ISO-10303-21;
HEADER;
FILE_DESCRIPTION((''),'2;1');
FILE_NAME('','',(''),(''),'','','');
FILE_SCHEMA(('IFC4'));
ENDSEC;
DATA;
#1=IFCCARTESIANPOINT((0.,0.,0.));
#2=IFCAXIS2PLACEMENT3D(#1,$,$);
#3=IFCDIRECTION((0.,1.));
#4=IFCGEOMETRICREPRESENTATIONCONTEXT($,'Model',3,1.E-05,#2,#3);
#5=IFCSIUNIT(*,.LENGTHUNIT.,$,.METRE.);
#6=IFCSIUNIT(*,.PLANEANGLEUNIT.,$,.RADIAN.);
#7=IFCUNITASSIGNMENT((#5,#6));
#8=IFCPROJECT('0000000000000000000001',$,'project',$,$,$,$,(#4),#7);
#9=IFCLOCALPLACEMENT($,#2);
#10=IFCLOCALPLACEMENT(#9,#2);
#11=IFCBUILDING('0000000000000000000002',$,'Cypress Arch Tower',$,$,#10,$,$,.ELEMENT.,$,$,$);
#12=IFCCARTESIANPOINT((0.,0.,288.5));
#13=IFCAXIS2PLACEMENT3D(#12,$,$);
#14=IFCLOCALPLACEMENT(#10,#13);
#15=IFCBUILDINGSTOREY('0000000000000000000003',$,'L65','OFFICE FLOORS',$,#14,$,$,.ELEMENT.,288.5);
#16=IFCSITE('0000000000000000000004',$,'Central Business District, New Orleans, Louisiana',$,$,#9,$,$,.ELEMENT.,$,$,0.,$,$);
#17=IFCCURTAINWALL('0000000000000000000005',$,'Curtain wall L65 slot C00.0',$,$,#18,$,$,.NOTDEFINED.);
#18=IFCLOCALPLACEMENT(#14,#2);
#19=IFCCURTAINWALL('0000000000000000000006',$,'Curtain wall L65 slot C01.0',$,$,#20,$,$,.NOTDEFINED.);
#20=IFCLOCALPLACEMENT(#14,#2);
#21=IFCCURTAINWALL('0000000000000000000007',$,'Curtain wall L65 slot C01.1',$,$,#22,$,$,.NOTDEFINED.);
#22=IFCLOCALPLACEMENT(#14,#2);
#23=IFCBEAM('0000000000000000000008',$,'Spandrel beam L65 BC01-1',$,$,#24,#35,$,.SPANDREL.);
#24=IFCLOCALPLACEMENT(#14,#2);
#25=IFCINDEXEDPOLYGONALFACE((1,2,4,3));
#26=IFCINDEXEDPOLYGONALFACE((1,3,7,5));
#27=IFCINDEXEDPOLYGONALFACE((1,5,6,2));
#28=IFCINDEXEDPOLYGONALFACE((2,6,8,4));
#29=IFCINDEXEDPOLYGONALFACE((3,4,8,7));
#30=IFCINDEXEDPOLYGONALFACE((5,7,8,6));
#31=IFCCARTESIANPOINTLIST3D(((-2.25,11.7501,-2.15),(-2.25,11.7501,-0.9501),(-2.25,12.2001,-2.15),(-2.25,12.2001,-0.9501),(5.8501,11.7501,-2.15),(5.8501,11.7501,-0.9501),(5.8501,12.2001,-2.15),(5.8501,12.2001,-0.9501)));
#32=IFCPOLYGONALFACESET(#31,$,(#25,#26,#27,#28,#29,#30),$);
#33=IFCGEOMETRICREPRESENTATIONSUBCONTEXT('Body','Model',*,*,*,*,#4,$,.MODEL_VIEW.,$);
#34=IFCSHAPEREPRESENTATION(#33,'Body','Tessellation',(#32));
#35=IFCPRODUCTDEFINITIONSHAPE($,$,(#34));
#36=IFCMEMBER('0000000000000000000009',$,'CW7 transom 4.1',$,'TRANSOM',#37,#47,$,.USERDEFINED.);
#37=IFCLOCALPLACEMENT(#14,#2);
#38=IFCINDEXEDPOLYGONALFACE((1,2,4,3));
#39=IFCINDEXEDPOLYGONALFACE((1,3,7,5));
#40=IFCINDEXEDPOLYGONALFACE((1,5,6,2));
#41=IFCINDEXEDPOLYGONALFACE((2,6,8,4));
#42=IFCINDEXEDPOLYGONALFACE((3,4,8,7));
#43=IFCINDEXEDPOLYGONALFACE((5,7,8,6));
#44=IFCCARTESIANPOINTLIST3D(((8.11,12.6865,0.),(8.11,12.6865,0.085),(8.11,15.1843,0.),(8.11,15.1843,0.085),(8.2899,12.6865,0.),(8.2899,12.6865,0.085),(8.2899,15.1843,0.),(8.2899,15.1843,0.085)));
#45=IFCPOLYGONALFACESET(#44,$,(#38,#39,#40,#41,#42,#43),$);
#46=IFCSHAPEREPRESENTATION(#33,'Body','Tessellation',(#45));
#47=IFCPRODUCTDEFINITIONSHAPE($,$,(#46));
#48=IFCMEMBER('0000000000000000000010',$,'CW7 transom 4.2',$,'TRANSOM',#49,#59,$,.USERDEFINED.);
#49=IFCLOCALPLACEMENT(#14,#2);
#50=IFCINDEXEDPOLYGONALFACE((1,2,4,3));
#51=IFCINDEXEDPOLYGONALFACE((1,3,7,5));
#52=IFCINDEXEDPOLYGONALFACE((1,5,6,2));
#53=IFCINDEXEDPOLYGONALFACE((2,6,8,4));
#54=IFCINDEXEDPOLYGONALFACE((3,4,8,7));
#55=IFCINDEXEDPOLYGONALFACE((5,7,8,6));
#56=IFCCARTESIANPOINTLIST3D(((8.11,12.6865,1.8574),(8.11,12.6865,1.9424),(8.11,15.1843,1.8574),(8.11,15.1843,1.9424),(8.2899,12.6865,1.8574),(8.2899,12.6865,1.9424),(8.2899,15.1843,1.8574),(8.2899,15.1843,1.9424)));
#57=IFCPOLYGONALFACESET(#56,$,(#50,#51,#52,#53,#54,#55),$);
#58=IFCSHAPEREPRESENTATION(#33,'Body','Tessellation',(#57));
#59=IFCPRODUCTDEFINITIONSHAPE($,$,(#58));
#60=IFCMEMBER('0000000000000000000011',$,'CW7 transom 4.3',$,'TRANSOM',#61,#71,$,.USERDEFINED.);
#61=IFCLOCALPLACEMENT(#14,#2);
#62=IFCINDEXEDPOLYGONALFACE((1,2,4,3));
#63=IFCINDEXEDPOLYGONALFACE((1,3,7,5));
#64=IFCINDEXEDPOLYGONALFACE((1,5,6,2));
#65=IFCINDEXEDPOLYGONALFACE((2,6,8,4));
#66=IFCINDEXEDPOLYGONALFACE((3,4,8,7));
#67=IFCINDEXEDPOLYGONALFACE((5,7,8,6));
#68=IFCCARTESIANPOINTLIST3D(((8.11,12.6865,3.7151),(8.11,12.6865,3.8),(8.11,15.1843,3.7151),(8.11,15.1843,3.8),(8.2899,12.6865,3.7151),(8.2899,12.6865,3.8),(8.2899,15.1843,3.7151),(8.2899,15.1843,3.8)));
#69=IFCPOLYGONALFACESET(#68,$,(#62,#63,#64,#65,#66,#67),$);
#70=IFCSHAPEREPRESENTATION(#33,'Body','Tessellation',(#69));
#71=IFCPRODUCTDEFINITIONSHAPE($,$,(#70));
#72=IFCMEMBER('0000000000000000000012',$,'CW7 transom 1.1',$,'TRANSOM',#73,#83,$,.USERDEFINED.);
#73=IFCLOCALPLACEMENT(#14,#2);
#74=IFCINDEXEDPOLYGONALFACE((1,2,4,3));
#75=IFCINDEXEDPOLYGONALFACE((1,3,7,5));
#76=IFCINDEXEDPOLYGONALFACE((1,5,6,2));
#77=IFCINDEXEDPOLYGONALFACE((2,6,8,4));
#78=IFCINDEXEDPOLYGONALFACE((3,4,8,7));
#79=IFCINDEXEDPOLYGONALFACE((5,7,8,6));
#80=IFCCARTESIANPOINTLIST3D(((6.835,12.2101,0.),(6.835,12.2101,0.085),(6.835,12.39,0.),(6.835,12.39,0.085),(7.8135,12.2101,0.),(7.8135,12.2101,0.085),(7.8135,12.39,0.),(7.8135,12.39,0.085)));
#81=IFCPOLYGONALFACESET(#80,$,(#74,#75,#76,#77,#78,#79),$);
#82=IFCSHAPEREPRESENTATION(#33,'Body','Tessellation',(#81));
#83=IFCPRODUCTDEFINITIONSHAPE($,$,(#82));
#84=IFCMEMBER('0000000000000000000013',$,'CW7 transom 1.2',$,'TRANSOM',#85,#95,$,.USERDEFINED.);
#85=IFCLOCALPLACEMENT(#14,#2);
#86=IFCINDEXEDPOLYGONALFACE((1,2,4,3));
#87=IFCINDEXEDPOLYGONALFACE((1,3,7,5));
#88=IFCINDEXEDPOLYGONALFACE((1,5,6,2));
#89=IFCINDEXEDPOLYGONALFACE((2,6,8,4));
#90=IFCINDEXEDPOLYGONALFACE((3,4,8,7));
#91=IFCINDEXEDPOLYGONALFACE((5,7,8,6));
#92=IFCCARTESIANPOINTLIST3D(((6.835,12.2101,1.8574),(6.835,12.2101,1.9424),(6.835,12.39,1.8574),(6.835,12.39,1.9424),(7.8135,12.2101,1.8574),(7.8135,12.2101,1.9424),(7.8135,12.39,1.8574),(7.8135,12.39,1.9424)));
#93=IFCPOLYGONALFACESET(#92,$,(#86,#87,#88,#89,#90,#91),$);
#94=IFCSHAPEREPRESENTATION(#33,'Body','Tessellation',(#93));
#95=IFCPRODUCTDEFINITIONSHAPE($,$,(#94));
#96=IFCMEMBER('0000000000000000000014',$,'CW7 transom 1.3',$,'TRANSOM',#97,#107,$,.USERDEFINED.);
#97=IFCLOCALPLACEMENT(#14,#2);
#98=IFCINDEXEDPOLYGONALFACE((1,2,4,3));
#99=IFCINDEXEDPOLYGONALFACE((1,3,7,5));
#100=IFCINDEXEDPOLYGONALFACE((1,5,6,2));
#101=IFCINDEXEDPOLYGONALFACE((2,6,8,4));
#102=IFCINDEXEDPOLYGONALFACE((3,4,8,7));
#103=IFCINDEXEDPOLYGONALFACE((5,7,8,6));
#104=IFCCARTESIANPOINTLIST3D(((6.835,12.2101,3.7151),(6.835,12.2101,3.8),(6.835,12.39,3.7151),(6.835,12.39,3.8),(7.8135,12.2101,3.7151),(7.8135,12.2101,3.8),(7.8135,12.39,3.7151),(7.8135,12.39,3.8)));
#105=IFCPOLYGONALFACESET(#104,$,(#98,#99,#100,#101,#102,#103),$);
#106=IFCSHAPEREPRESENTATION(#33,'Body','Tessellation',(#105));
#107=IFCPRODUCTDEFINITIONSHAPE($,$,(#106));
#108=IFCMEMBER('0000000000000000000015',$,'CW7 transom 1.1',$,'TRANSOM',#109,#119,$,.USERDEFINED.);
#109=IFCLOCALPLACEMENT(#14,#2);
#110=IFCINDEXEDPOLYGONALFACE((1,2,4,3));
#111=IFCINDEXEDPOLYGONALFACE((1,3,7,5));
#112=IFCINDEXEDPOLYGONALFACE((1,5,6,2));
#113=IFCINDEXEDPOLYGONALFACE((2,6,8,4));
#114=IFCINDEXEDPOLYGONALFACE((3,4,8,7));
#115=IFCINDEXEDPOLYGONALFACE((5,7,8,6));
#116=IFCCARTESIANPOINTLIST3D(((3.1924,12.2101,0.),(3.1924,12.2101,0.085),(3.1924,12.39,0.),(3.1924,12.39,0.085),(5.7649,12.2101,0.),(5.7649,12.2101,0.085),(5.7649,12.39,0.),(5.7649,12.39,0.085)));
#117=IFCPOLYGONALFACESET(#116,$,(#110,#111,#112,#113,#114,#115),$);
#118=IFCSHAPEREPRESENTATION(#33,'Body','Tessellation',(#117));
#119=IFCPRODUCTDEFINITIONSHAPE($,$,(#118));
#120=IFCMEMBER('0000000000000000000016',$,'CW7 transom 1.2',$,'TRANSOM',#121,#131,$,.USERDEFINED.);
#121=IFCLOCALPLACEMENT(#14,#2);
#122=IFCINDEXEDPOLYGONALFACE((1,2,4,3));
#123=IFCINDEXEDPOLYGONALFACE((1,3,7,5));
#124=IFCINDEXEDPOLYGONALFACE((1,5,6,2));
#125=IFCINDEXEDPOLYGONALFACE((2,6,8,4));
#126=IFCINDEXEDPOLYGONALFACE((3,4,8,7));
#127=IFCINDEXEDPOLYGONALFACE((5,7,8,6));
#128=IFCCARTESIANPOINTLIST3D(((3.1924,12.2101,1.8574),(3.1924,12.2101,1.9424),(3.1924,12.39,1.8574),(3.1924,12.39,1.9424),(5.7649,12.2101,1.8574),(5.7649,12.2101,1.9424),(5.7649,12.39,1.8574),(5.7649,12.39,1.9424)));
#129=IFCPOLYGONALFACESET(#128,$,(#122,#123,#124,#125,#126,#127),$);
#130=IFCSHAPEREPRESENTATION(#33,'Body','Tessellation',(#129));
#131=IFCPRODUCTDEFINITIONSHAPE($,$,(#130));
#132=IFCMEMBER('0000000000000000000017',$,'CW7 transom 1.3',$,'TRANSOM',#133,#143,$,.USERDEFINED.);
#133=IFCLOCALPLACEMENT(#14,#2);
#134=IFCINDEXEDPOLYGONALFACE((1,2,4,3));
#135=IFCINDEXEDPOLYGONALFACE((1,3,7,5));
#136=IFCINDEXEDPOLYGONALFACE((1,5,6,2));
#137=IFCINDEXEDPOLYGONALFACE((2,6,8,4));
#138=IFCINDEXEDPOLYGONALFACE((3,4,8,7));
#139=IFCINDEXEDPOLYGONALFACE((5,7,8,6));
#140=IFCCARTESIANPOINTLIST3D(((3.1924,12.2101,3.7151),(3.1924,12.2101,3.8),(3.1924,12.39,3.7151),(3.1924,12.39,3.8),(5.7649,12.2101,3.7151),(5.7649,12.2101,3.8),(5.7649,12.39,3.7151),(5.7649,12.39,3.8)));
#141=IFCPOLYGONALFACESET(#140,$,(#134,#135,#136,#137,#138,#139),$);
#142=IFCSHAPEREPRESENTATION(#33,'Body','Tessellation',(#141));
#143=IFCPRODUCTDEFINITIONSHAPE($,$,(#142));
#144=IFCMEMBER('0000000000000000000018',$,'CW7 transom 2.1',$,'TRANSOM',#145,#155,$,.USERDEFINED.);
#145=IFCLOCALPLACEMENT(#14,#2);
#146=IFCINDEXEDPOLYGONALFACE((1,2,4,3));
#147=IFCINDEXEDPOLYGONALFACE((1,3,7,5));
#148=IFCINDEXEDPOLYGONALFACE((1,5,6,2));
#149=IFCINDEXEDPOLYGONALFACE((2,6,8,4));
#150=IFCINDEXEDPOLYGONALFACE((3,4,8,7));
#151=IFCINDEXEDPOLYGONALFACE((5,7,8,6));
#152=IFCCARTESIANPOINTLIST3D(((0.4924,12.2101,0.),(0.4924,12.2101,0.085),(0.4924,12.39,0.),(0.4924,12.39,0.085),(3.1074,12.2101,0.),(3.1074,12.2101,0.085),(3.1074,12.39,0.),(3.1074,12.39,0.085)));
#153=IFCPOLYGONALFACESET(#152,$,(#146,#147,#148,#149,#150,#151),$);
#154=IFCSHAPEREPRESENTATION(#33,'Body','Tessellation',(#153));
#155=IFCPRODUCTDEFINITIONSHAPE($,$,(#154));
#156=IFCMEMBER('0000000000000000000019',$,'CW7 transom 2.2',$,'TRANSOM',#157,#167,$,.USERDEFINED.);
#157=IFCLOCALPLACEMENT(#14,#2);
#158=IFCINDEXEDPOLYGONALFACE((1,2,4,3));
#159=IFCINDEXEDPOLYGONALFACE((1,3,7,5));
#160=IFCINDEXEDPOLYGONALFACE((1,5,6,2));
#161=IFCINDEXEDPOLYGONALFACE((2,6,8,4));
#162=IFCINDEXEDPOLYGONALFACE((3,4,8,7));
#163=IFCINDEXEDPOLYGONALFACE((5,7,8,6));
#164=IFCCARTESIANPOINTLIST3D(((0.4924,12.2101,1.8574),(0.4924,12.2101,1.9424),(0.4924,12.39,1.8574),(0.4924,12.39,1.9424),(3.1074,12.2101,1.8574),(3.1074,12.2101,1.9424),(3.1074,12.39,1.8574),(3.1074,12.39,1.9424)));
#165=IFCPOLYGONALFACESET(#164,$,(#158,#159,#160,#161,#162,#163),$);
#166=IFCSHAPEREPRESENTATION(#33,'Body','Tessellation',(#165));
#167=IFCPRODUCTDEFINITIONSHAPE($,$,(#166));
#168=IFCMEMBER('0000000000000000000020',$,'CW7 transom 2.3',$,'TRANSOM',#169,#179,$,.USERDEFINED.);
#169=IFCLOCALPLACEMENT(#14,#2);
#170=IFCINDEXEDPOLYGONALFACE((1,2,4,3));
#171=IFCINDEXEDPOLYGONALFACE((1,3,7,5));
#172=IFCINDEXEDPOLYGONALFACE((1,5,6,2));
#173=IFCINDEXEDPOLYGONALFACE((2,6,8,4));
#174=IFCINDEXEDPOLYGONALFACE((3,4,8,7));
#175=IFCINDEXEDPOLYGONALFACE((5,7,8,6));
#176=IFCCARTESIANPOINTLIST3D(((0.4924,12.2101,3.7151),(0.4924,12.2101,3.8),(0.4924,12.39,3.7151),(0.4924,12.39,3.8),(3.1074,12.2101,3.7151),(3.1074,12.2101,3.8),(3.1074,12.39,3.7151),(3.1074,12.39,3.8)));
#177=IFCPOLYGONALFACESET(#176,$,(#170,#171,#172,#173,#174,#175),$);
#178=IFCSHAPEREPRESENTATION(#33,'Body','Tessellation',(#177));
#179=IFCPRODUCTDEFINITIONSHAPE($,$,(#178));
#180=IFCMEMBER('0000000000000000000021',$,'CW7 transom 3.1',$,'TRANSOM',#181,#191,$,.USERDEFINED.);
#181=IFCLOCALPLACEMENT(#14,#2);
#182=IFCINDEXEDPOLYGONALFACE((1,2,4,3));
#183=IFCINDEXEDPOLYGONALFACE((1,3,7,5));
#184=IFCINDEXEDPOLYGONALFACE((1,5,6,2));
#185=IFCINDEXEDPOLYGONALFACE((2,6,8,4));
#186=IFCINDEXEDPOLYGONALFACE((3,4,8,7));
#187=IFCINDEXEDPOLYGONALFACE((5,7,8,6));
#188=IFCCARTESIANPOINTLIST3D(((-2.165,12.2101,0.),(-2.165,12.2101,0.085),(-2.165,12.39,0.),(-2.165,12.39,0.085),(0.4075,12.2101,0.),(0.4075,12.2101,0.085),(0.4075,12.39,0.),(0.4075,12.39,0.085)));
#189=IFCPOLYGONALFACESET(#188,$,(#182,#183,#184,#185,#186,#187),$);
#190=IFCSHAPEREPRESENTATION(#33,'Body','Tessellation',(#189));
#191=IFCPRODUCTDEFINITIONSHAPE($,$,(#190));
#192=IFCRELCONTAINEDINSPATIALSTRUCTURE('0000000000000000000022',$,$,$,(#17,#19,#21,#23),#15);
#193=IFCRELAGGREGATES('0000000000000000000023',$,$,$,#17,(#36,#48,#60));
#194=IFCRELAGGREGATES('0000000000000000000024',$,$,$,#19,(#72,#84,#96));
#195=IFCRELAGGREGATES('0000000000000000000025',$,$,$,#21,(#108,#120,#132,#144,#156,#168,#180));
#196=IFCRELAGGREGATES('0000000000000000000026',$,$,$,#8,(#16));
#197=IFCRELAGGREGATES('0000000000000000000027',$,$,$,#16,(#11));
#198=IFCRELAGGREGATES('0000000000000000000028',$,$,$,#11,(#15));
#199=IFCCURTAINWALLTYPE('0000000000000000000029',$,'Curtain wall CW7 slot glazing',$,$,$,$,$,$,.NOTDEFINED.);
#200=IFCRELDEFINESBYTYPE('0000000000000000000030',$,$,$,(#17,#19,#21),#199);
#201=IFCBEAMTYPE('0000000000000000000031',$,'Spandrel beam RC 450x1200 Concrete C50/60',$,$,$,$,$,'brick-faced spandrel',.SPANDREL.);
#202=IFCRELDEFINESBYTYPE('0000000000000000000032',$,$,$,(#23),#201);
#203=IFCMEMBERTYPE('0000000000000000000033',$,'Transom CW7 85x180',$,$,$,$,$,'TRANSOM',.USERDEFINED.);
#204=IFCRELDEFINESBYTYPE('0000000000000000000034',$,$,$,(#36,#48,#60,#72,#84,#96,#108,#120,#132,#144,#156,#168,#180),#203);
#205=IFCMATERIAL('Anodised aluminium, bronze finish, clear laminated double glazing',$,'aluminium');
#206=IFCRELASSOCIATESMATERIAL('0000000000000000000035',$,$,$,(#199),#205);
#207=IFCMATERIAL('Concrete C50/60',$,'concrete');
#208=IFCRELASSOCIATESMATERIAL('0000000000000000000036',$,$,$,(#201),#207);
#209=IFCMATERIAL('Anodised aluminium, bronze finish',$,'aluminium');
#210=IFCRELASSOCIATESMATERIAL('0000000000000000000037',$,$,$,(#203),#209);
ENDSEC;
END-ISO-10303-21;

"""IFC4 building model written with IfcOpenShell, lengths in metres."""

from ifc_helpers import new_model, si_unit, direction, frame, origin, origin_2d, place, context, subcontext, project, spatial, rectangle, extrude, material, material_profile, profile_set, type_object, element, aggregate, save


model = new_model("IFC4")

# Units and contexts
model_context = context("Model", 3, precision=1e-05, world=origin(), true_north=direction((0.0, 1.0)))
body_context = subcontext(model_context, "Body", "Model", "MODEL_VIEW")
ifc_project = project(units=[si_unit("LENGTHUNIT", "METRE"), si_unit("PLANEANGLEUNIT", "RADIAN")], contexts=[model_context])

# Site, building, storey
site_placement = place(None, origin())
site = spatial("IfcSite", under=ifc_project, at=site_placement, Name="Central Business District, New Orleans, Louisiana", CompositionType="ELEMENT", RefElevation=0.0)
building_placement = place(site_placement, origin())
building = spatial("IfcBuilding", under=site, at=building_placement, Name="Cypress Arch Tower", CompositionType="ELEMENT")
storey_placement = place(building_placement, frame((0.0, 0.0, 288.5)))
storey = spatial("IfcBuildingStorey", under=building, at=storey_placement, Name="L65", Description="OFFICE FLOORS", CompositionType="ELEMENT", Elevation=288.5)

# Curtain walls
ifc_material_1 = material(Name="Anodised aluminium, bronze finish, clear laminated double glazing", Category="aluminium")
curtain_wall_type = type_object("IfcCurtainWallType", Name="Curtain wall CW7 slot glazing", PredefinedType="NOTDEFINED", material=ifc_material_1)
curtain_wall_1_placement = place(storey_placement, origin())
curtain_wall_1 = element("IfcCurtainWall", 1, at=curtain_wall_1_placement, inside=storey, type_object=curtain_wall_type, Name="Curtain wall L65 slot C00.0", PredefinedType="NOTDEFINED")
curtain_wall_2_placement = place(storey_placement, origin())
curtain_wall_2 = element("IfcCurtainWall", 2, at=curtain_wall_2_placement, inside=storey, type_object=curtain_wall_type, Name="Curtain wall L65 slot C01.0", PredefinedType="NOTDEFINED")
curtain_wall_3_placement = place(storey_placement, origin())
curtain_wall_3 = element("IfcCurtainWall", 3, at=curtain_wall_3_placement, inside=storey, type_object=curtain_wall_type, Name="Curtain wall L65 slot C01.1", PredefinedType="NOTDEFINED")

# Beam
ifc_material_2 = material(Name="Concrete C50/60", Category="concrete")
ifc_material_profile_1 = material_profile(ifc_material_2, rectangle(XDim=0.45, YDim=1.2, at=origin_2d()), Name="RC 450x1200")
ifc_profile_set_1 = profile_set([ifc_material_profile_1], Name="Concrete C50/60")
beam_type_1 = type_object("IfcBeamType", Name="Spandrel beam RC 450x1200 Concrete C50/60", ElementType="brick-faced spandrel", PredefinedType="SPANDREL", material=ifc_profile_set_1)
beam_1_placement = place(storey_placement, frame((5.8501, 11.9751, -1.55), z_axis=(-1.0, 0.0, 0.0), x_axis=(0.0, -1.0, 0.0)))
element("IfcBeam", 4, at=beam_1_placement, inside=storey, type_object=beam_type_1, Name="Spandrel beam L65 BC01-1", PredefinedType="SPANDREL", context=body_context, shape_type="SweptSolid", body=[
    extrude(rectangle(XDim=0.45, YDim=1.2, at=origin_2d()), origin(), (0.0, 0.0, 1.0), 8.1001),
])

# Members
ifc_material_3 = material(Name="Anodised aluminium, bronze finish", Category="aluminium")
ifc_material_profile_2 = material_profile(ifc_material_3, rectangle(XDim=0.1799, YDim=0.085, at=origin_2d()), Name="Transom 85x180")
ifc_profile_set_2 = profile_set([ifc_material_profile_2], Name="Anodised aluminium, bronze finish")
member_type_1 = type_object("IfcMemberType", Name="Transom CW7 85x180", ElementType="TRANSOM", PredefinedType="USERDEFINED", material=ifc_profile_set_2)
member_1_placement = place(storey_placement, frame((8.2, 15.1843, 0.0425), z_axis=(0.0, -1.0, 0.0), x_axis=(1.0, 0.0, 0.0)))
member_1 = element("IfcMember", 5, at=member_1_placement, type_object=member_type_1, Name="CW7 transom 4.1", ObjectType="TRANSOM", PredefinedType="USERDEFINED", context=body_context, shape_type="SweptSolid", body=[
    extrude(rectangle(XDim=0.1799, YDim=0.085, at=origin_2d()), origin(), (0.0, 0.0, 1.0), 2.4978),
])
member_2_placement = place(storey_placement, frame((8.2, 15.1843, 1.8999), z_axis=(0.0, -1.0, 0.0), x_axis=(1.0, 0.0, 0.0)))
member_2 = element("IfcMember", 6, at=member_2_placement, type_object=member_type_1, Name="CW7 transom 4.2", ObjectType="TRANSOM", PredefinedType="USERDEFINED", context=body_context, shape_type="SweptSolid", body=[
    extrude(rectangle(XDim=0.1799, YDim=0.085, at=origin_2d()), origin(), (0.0, 0.0, 1.0), 2.4978),
])
member_3_placement = place(storey_placement, frame((8.2, 15.1843, 3.7576), z_axis=(0.0, -1.0, 0.0), x_axis=(1.0, 0.0, 0.0)))
member_3 = element("IfcMember", 7, at=member_3_placement, type_object=member_type_1, Name="CW7 transom 4.3", ObjectType="TRANSOM", PredefinedType="USERDEFINED", context=body_context, shape_type="SweptSolid", body=[
    extrude(rectangle(XDim=0.1799, YDim=0.085, at=origin_2d()), origin(), (0.0, 0.0, 1.0), 2.4978),
])
member_4_placement = place(storey_placement, frame((7.8135, 12.3, 0.0425), z_axis=(-1.0, 0.0, 0.0), x_axis=(0.0, -1.0, 0.0)))
member_4 = element("IfcMember", 8, at=member_4_placement, type_object=member_type_1, Name="CW7 transom 1.1", ObjectType="TRANSOM", PredefinedType="USERDEFINED", context=body_context, shape_type="SweptSolid", body=[
    extrude(rectangle(XDim=0.1799, YDim=0.085, at=origin_2d()), origin(), (0.0, 0.0, 1.0), 0.9785),
])
member_5_placement = place(storey_placement, frame((7.8135, 12.3, 1.8999), z_axis=(-1.0, 0.0, 0.0), x_axis=(0.0, -1.0, 0.0)))
member_5 = element("IfcMember", 9, at=member_5_placement, type_object=member_type_1, Name="CW7 transom 1.2", ObjectType="TRANSOM", PredefinedType="USERDEFINED", context=body_context, shape_type="SweptSolid", body=[
    extrude(rectangle(XDim=0.1799, YDim=0.085, at=origin_2d()), origin(), (0.0, 0.0, 1.0), 0.9785),
])
member_6_placement = place(storey_placement, frame((7.8135, 12.3, 3.7576), z_axis=(-1.0, 0.0, 0.0), x_axis=(0.0, -1.0, 0.0)))
member_6 = element("IfcMember", 10, at=member_6_placement, type_object=member_type_1, Name="CW7 transom 1.3", ObjectType="TRANSOM", PredefinedType="USERDEFINED", context=body_context, shape_type="SweptSolid", body=[
    extrude(rectangle(XDim=0.1799, YDim=0.085, at=origin_2d()), origin(), (0.0, 0.0, 1.0), 0.9785),
])
member_7_placement = place(storey_placement, frame((5.7649, 12.3, 0.0425), z_axis=(-1.0, 0.0, 0.0), x_axis=(0.0, -1.0, 0.0)))
member_7 = element("IfcMember", 11, at=member_7_placement, type_object=member_type_1, Name="CW7 transom 1.1", ObjectType="TRANSOM", PredefinedType="USERDEFINED", context=body_context, shape_type="SweptSolid", body=[
    extrude(rectangle(XDim=0.1799, YDim=0.085, at=origin_2d()), origin(), (0.0, 0.0, 1.0), 2.5725),
])
member_8_placement = place(storey_placement, frame((5.7649, 12.3, 1.8999), z_axis=(-1.0, 0.0, 0.0), x_axis=(0.0, -1.0, 0.0)))
member_8 = element("IfcMember", 12, at=member_8_placement, type_object=member_type_1, Name="CW7 transom 1.2", ObjectType="TRANSOM", PredefinedType="USERDEFINED", context=body_context, shape_type="SweptSolid", body=[
    extrude(rectangle(XDim=0.1799, YDim=0.085, at=origin_2d()), origin(), (0.0, 0.0, 1.0), 2.5725),
])
member_9_placement = place(storey_placement, frame((5.7649, 12.3, 3.7576), z_axis=(-1.0, 0.0, 0.0), x_axis=(0.0, -1.0, 0.0)))
member_9 = element("IfcMember", 13, at=member_9_placement, type_object=member_type_1, Name="CW7 transom 1.3", ObjectType="TRANSOM", PredefinedType="USERDEFINED", context=body_context, shape_type="SweptSolid", body=[
    extrude(rectangle(XDim=0.1799, YDim=0.085, at=origin_2d()), origin(), (0.0, 0.0, 1.0), 2.5725),
])
member_10_placement = place(storey_placement, frame((3.1074, 12.3, 0.0425), z_axis=(-1.0, 0.0, 0.0), x_axis=(0.0, -1.0, 0.0)))
member_10 = element("IfcMember", 14, at=member_10_placement, type_object=member_type_1, Name="CW7 transom 2.1", ObjectType="TRANSOM", PredefinedType="USERDEFINED", context=body_context, shape_type="SweptSolid", body=[
    extrude(rectangle(XDim=0.1799, YDim=0.085, at=origin_2d()), origin(), (0.0, 0.0, 1.0), 2.615),
])
member_11_placement = place(storey_placement, frame((3.1074, 12.3, 1.8999), z_axis=(-1.0, 0.0, 0.0), x_axis=(0.0, -1.0, 0.0)))
member_11 = element("IfcMember", 15, at=member_11_placement, type_object=member_type_1, Name="CW7 transom 2.2", ObjectType="TRANSOM", PredefinedType="USERDEFINED", context=body_context, shape_type="SweptSolid", body=[
    extrude(rectangle(XDim=0.1799, YDim=0.085, at=origin_2d()), origin(), (0.0, 0.0, 1.0), 2.615),
])
member_12_placement = place(storey_placement, frame((3.1074, 12.3, 3.7576), z_axis=(-1.0, 0.0, 0.0), x_axis=(0.0, -1.0, 0.0)))
member_12 = element("IfcMember", 16, at=member_12_placement, type_object=member_type_1, Name="CW7 transom 2.3", ObjectType="TRANSOM", PredefinedType="USERDEFINED", context=body_context, shape_type="SweptSolid", body=[
    extrude(rectangle(XDim=0.1799, YDim=0.085, at=origin_2d()), origin(), (0.0, 0.0, 1.0), 2.615),
])
member_13_placement = place(storey_placement, frame((0.4075, 12.3, 0.0425), z_axis=(-1.0, 0.0, 0.0), x_axis=(0.0, -1.0, 0.0)))
member_13 = element("IfcMember", 17, at=member_13_placement, type_object=member_type_1, Name="CW7 transom 3.1", ObjectType="TRANSOM", PredefinedType="USERDEFINED", context=body_context, shape_type="SweptSolid", body=[
    extrude(rectangle(XDim=0.1799, YDim=0.085, at=origin_2d()), origin(), (0.0, 0.0, 1.0), 2.5725),
])

aggregate(curtain_wall_1, [member_1, member_2, member_3])
aggregate(curtain_wall_2, [member_4, member_5, member_6])
aggregate(curtain_wall_3, [member_7, member_8, member_9, member_10, member_11, member_12, member_13])

save(model, "model.ifc")
